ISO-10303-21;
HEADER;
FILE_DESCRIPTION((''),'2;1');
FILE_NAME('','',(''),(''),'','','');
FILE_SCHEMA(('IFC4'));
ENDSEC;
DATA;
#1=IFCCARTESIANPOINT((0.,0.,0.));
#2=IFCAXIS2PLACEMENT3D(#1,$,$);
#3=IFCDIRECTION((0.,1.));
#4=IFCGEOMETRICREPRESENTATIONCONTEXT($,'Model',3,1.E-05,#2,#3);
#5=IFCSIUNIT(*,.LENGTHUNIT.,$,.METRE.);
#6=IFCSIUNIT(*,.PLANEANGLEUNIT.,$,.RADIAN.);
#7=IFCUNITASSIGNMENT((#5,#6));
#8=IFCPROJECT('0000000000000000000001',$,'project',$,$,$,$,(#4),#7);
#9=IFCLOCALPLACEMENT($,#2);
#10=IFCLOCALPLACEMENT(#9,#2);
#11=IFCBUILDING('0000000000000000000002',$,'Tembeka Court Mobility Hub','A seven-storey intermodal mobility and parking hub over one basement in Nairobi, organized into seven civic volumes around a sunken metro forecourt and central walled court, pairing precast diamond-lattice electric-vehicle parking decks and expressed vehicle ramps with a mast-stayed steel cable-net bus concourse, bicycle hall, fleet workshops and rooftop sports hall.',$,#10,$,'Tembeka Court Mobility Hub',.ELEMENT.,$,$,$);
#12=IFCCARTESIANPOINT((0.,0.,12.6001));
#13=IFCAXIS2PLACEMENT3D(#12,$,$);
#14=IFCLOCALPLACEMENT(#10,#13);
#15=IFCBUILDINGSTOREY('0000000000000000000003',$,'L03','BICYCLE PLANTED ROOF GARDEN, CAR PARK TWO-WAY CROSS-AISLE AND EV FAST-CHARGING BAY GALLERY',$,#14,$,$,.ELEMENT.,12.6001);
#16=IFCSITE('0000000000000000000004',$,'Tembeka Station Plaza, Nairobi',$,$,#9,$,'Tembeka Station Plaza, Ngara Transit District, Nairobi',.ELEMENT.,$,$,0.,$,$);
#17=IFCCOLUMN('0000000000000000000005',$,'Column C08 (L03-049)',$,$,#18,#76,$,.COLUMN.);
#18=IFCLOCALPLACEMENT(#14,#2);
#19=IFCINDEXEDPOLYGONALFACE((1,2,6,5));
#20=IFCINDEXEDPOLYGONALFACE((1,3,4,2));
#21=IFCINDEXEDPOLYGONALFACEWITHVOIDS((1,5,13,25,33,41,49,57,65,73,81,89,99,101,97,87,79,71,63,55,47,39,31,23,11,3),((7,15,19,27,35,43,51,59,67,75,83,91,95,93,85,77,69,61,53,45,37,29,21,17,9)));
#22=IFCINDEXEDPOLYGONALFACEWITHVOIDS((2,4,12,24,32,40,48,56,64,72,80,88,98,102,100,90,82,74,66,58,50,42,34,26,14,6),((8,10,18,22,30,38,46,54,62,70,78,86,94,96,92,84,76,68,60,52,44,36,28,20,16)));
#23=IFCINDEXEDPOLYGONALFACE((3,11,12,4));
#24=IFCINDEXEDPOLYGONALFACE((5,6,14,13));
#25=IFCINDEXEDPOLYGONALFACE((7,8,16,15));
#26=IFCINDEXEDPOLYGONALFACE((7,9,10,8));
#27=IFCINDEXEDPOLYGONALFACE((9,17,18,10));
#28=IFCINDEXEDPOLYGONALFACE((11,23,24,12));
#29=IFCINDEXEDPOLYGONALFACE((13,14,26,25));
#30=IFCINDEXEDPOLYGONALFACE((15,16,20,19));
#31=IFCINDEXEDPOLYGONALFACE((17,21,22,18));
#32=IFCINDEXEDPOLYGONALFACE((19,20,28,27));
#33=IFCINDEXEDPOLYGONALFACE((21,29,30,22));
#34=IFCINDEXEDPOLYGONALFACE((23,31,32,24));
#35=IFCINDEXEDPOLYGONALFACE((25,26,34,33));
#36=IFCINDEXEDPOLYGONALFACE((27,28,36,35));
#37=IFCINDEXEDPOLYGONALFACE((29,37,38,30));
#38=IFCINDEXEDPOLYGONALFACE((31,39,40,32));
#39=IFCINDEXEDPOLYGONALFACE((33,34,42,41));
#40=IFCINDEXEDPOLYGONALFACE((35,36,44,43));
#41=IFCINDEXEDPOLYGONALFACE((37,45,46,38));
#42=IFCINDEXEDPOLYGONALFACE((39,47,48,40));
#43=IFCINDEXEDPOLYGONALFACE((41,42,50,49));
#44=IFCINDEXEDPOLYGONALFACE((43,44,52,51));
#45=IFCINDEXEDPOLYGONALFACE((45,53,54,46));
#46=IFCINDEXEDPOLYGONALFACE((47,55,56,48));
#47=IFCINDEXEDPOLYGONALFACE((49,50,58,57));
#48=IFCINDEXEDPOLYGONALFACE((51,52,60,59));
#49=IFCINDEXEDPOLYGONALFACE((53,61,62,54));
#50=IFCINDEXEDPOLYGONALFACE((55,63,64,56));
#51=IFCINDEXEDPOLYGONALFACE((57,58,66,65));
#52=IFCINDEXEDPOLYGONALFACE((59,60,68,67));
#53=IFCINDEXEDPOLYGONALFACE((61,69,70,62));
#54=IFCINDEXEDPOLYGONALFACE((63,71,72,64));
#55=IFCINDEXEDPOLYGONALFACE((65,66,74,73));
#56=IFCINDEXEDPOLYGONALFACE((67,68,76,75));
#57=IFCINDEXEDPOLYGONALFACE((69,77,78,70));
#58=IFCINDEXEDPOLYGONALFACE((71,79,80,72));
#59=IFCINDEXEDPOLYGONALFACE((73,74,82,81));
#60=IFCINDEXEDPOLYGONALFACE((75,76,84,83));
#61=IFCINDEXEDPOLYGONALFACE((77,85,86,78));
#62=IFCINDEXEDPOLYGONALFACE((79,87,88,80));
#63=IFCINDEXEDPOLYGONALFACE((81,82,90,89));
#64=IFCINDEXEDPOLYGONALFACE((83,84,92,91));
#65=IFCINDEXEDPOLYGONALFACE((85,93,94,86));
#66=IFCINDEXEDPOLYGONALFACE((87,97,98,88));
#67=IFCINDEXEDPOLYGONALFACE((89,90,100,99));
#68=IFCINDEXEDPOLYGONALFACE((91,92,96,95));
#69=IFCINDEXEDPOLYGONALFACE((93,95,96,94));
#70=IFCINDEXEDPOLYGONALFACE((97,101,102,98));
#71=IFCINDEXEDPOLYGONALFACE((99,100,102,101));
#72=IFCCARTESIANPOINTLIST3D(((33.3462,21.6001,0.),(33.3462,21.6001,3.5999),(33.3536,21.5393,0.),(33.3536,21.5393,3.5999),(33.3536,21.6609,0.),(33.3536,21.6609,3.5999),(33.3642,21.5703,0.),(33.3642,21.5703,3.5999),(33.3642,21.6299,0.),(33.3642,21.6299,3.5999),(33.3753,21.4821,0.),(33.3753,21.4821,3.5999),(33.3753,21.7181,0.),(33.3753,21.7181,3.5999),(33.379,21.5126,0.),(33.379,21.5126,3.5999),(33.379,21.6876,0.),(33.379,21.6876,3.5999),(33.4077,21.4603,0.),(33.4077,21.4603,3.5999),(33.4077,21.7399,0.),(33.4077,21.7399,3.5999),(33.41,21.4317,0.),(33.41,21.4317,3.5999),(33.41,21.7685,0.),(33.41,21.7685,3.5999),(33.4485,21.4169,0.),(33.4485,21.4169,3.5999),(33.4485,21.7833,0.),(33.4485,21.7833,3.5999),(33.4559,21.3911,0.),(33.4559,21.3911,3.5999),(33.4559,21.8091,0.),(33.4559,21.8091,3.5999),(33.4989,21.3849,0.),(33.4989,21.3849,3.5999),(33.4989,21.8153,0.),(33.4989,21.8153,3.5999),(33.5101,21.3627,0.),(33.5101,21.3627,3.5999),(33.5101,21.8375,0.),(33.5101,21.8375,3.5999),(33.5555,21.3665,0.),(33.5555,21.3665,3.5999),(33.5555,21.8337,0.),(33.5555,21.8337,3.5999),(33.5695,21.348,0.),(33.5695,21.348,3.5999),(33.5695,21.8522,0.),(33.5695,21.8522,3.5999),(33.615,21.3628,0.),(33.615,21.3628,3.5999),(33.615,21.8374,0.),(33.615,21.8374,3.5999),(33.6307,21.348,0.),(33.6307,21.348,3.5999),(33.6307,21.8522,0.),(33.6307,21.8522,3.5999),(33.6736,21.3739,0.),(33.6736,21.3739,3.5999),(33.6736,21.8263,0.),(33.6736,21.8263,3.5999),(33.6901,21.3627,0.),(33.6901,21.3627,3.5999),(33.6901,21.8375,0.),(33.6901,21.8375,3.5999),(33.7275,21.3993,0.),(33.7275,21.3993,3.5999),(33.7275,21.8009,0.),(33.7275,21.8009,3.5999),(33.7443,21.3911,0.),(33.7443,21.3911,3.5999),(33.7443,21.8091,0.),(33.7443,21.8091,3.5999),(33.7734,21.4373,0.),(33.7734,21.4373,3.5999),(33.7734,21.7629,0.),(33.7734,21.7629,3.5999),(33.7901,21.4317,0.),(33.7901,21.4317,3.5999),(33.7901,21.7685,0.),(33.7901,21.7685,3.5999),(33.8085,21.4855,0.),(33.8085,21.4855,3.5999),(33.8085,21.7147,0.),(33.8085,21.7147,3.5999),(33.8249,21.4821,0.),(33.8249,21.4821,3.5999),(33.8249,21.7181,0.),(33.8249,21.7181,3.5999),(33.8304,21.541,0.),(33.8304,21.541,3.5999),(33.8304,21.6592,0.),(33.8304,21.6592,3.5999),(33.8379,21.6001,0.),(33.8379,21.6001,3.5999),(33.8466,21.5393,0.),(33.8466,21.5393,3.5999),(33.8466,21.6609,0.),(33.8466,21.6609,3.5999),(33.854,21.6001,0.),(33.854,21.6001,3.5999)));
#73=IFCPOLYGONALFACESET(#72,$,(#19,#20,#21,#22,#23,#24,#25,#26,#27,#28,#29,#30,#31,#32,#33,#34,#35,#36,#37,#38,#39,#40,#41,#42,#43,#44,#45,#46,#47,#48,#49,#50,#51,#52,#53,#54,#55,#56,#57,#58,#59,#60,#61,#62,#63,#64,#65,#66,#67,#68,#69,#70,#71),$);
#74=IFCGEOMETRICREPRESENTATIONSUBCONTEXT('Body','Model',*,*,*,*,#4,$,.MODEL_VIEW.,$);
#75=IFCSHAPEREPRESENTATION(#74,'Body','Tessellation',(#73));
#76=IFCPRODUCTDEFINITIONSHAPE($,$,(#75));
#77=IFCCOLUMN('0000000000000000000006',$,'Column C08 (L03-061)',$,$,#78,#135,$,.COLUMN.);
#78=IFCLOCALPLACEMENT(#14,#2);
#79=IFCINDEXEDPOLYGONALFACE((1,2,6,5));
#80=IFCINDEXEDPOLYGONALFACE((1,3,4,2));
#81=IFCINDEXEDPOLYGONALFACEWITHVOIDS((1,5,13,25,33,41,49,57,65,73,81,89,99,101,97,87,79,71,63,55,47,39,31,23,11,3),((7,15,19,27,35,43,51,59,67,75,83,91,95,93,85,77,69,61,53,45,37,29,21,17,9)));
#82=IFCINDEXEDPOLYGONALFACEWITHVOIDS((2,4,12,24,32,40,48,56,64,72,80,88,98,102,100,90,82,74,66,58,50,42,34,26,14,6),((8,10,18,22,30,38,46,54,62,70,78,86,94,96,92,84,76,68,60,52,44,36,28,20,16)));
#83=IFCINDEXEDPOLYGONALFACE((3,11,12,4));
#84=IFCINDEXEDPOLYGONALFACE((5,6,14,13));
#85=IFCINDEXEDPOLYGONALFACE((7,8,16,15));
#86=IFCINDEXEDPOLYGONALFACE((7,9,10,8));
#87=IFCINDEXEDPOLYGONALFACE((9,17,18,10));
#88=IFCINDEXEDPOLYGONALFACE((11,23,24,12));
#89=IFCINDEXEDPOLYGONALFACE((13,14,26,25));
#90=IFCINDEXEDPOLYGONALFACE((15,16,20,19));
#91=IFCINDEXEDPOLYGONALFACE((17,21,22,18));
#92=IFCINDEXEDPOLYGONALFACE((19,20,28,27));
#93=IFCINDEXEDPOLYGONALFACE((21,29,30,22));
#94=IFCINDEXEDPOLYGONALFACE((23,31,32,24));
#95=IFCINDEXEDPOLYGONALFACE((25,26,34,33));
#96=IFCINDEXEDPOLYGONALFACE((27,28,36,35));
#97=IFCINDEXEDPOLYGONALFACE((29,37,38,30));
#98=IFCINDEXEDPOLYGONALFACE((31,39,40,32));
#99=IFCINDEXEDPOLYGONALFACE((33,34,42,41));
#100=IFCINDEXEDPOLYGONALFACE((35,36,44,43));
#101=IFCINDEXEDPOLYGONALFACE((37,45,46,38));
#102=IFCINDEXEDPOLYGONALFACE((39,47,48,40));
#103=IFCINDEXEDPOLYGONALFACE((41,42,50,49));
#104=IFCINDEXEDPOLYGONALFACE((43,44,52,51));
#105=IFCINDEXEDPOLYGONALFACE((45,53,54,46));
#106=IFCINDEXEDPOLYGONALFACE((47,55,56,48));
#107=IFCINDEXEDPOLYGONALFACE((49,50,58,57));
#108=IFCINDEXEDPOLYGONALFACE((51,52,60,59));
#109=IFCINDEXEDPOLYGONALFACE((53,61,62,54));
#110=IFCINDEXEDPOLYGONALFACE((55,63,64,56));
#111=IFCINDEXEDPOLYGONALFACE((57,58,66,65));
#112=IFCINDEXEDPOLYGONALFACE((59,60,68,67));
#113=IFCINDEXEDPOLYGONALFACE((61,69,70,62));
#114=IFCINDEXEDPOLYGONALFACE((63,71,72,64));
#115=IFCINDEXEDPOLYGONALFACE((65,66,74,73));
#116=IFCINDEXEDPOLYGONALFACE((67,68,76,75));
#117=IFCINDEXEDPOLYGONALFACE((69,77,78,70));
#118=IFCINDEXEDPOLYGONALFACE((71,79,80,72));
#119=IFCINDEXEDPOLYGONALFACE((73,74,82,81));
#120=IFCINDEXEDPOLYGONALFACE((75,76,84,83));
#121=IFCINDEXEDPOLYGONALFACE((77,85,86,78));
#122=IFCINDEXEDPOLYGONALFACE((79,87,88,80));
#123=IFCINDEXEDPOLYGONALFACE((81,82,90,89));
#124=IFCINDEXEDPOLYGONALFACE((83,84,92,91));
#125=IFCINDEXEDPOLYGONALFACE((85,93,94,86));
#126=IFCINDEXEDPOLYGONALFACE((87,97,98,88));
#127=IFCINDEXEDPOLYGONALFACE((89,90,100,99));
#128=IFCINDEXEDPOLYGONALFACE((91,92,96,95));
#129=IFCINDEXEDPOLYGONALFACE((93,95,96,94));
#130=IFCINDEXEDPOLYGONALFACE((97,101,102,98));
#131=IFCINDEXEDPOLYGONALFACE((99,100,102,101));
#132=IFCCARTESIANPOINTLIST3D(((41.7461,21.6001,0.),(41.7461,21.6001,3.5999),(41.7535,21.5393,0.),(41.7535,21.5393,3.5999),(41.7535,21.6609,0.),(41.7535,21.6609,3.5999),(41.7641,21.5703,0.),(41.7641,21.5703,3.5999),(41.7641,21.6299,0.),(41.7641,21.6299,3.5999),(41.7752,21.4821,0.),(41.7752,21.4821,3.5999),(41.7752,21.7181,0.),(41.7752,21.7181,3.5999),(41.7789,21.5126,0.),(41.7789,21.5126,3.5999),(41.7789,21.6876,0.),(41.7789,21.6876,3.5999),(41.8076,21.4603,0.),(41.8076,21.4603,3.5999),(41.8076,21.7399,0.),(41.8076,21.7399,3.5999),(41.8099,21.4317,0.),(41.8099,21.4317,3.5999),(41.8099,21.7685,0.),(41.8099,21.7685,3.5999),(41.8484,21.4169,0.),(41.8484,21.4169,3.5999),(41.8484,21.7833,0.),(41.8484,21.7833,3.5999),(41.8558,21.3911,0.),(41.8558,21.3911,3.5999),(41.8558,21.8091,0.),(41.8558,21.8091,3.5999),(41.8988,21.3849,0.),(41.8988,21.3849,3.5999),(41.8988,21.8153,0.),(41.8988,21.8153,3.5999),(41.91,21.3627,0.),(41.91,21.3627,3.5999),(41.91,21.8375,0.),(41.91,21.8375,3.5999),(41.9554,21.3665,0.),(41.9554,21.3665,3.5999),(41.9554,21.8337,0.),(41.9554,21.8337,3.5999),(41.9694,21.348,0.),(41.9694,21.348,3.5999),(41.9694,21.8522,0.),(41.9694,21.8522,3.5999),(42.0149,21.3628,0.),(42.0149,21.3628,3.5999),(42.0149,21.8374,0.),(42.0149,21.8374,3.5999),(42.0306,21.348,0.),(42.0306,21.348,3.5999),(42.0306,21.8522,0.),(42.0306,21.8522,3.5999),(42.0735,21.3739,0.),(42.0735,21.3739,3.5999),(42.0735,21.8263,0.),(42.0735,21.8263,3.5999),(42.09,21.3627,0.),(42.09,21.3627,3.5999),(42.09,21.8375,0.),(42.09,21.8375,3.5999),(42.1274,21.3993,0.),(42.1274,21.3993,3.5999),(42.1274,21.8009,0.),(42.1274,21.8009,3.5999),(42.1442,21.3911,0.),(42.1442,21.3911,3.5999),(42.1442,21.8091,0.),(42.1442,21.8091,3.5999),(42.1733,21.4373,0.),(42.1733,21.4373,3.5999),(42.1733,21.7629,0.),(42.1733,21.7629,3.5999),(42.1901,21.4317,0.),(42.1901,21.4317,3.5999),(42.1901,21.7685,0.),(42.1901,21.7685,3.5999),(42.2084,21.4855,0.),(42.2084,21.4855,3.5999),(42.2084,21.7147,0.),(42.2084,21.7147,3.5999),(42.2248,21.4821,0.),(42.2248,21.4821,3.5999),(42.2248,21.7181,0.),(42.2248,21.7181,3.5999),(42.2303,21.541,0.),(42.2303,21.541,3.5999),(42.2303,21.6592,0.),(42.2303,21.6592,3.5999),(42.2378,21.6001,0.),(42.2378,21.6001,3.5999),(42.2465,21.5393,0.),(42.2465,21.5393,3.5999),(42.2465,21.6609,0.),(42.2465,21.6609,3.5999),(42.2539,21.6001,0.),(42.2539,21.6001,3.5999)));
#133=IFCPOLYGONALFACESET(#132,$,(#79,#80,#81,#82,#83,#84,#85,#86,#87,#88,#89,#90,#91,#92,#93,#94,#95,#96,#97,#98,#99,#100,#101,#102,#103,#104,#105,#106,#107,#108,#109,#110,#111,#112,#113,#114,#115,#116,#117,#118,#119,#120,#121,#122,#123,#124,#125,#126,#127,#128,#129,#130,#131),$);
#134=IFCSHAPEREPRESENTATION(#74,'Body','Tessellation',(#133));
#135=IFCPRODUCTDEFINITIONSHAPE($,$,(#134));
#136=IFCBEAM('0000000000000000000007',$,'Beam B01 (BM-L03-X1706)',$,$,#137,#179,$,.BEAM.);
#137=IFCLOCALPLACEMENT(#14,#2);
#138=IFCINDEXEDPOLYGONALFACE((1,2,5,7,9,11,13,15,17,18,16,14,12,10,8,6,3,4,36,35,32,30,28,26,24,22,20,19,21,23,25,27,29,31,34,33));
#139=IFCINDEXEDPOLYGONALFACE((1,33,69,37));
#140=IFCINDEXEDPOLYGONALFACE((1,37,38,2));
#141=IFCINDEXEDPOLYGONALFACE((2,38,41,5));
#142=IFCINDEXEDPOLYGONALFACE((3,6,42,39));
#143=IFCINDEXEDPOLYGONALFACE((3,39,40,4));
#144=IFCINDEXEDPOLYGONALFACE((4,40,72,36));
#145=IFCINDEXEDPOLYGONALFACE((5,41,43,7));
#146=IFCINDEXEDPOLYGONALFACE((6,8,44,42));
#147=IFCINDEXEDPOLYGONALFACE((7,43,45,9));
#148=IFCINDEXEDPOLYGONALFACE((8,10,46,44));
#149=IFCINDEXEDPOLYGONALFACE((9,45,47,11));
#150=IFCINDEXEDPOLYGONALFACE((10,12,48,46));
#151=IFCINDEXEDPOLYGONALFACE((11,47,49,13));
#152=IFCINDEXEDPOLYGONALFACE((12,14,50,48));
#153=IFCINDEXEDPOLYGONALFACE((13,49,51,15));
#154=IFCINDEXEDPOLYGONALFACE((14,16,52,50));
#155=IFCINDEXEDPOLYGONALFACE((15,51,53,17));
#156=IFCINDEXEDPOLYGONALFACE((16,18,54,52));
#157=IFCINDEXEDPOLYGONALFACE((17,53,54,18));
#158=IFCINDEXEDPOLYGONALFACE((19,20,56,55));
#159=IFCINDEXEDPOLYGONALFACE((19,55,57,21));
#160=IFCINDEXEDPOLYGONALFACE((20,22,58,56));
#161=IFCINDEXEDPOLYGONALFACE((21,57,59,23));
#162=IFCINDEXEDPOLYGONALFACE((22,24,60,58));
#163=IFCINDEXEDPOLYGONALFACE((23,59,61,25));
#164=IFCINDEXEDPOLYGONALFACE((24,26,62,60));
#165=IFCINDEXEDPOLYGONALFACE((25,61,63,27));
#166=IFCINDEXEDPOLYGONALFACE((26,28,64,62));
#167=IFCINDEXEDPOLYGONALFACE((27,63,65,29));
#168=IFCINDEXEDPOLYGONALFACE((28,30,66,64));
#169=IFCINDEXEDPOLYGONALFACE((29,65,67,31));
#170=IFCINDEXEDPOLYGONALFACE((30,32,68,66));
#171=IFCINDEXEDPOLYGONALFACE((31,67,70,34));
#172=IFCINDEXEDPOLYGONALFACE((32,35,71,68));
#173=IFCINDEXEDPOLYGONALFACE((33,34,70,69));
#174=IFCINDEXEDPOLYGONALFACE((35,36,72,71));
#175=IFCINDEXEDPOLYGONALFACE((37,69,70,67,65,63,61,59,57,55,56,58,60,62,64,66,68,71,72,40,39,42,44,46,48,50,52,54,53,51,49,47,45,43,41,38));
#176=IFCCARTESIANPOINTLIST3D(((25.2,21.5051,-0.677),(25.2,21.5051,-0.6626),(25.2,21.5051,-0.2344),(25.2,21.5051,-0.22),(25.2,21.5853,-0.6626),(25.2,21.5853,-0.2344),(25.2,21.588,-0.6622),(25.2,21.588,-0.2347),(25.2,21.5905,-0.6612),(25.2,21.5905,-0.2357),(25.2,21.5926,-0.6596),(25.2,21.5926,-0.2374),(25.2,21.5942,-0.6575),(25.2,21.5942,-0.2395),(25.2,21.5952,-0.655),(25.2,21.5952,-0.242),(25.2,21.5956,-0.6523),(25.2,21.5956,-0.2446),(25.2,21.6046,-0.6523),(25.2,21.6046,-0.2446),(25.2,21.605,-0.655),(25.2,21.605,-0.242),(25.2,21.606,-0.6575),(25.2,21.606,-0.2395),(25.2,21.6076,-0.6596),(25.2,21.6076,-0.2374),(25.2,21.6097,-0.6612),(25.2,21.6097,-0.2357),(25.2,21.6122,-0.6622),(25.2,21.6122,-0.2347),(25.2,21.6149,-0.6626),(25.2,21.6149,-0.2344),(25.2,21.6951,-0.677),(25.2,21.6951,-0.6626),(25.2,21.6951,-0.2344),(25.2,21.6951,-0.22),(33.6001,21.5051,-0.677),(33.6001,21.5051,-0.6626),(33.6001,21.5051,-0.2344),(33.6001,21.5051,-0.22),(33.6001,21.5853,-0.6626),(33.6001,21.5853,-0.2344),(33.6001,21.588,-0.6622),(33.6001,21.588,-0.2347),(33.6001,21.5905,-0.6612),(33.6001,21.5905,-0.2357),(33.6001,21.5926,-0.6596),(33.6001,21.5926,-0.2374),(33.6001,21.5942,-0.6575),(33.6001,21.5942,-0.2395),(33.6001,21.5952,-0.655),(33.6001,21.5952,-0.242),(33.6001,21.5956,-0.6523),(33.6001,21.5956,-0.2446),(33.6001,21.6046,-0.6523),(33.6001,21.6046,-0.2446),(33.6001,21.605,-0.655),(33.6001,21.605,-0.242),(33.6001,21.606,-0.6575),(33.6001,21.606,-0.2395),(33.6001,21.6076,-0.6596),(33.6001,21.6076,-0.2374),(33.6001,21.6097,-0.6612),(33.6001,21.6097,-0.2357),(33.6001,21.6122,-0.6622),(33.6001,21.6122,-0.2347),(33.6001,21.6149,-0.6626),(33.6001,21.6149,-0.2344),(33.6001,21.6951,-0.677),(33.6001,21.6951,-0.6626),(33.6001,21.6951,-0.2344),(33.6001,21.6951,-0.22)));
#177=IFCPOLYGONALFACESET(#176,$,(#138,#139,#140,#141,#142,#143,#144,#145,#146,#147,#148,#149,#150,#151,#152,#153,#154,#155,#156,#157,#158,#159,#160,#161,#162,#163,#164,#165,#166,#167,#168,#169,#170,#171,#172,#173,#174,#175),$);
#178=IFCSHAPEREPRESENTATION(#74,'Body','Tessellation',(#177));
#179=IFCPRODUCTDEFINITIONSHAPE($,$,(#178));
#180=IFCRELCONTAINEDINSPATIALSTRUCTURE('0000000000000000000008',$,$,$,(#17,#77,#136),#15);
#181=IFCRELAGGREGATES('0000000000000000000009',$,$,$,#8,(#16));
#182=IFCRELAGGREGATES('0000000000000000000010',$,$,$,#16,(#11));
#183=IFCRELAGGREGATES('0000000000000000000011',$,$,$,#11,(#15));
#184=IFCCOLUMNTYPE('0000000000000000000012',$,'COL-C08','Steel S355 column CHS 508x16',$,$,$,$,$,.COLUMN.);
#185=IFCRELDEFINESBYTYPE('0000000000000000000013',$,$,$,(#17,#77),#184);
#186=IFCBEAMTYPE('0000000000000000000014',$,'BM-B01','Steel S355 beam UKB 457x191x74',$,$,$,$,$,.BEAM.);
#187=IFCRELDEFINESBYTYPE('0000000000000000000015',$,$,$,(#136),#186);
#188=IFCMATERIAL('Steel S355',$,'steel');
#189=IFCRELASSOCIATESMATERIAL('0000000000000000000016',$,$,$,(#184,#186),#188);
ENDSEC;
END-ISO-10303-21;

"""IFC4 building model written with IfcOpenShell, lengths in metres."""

from ifc_helpers import new_model, si_unit, direction, frame, origin, origin_2d, place, context, subcontext, project, spatial, hollow_circle, i_section, extrude, material, material_profile, profile_set, type_object, element, save


model = new_model("IFC4")

# Units and contexts
model_context = context("Model", 3, precision=1e-05, world=origin(), true_north=direction((0.0, 1.0)))
body_context = subcontext(model_context, "Body", "Model", "MODEL_VIEW")
ifc_project = project(units=[si_unit("LENGTHUNIT", "METRE"), si_unit("PLANEANGLEUNIT", "RADIAN")], contexts=[model_context])

# Site, building, storey
site_placement = place(None, origin())
site = spatial("IfcSite", under=ifc_project, at=site_placement, Name="Tembeka Station Plaza, Nairobi", LongName="Tembeka Station Plaza, Ngara Transit District, Nairobi", CompositionType="ELEMENT", RefElevation=0.0)
building_placement = place(site_placement, origin())
building = spatial("IfcBuilding", under=site, at=building_placement, Name="Tembeka Court Mobility Hub", Description="A seven-storey intermodal mobility and parking hub over one basement in Nairobi, organized into seven civic volumes around a sunken metro forecourt and central walled court, pairing precast diamond-lattice electric-vehicle parking decks and expressed vehicle ramps with a mast-stayed steel cable-net bus concourse, bicycle hall, fleet workshops and rooftop sports hall.", LongName="Tembeka Court Mobility Hub", CompositionType="ELEMENT")
storey_placement = place(building_placement, frame((0.0, 0.0, 12.6001)))
storey = spatial("IfcBuildingStorey", under=building, at=storey_placement, Name="L03", Description="BICYCLE PLANTED ROOF GARDEN, CAR PARK TWO-WAY CROSS-AISLE AND EV FAST-CHARGING BAY GALLERY", CompositionType="ELEMENT", Elevation=12.6001)

# Columns
ifc_material_1 = material(Name="Steel S355", Category="steel")
ifc_material_profile_1 = material_profile(ifc_material_1, hollow_circle(Radius=0.2539, WallThickness=0.0161, at=origin_2d()), Name="CHS 508x16")
ifc_profile_set_1 = profile_set([ifc_material_profile_1], Name="Steel S355")
column_type_1 = type_object("IfcColumnType", Name="COL-C08", Description="Steel S355 column CHS 508x16", PredefinedType="COLUMN", material=ifc_profile_set_1)
for number, where, z_axis, x_axis, name in (
    (1, (33.6001, 21.6001, 0.0), (0.0, 0.0, 1.0), (1.0, 0.0, 0.0), "Column C08 (L03-049)"),
    (2, (42.0, 21.6001, 0.0), (0.0, 0.0, 1.0), (1.0, 0.0, 0.0), "Column C08 (L03-061)"),
):
    element("IfcColumn", number, at=place(storey_placement, frame(where, z_axis=z_axis, x_axis=x_axis)), inside=storey, type_object=column_type_1, Name=name, PredefinedType="COLUMN", context=body_context, shape_type="SweptSolid", body=[
        extrude(hollow_circle(Radius=0.2539, WallThickness=0.0161, at=origin_2d()), origin(), (0.0, 0.0, 1.0), 3.5999),
    ])

# Beam
ifc_material_profile_2 = material_profile(ifc_material_1, i_section(OverallWidth=0.1899, OverallDepth=0.457, WebThickness=0.009, FlangeThickness=0.0144, FilletRadius=0.0103, at=origin_2d()), Name="UKB 457x191x74")
ifc_profile_set_2 = profile_set([ifc_material_profile_2], Name="Steel S355")
beam_type_1 = type_object("IfcBeamType", Name="BM-B01", Description="Steel S355 beam UKB 457x191x74", PredefinedType="BEAM", material=ifc_profile_set_2)
beam_1_placement = place(storey_placement, frame((25.2, 21.6001, -0.4485), z_axis=(1.0, 0.0, 0.0), x_axis=(0.0, 1.0, 0.0)))
element("IfcBeam", 3, at=beam_1_placement, inside=storey, type_object=beam_type_1, Name="Beam B01 (BM-L03-X1706)", PredefinedType="BEAM", context=body_context, shape_type="SweptSolid", body=[
    extrude(i_section(OverallWidth=0.1899, OverallDepth=0.457, WebThickness=0.009, FlangeThickness=0.0144, FilletRadius=0.0103, at=origin_2d()), origin(), (0.0, 0.0, 1.0), 8.4001),
])

save(model, "model.ifc")
